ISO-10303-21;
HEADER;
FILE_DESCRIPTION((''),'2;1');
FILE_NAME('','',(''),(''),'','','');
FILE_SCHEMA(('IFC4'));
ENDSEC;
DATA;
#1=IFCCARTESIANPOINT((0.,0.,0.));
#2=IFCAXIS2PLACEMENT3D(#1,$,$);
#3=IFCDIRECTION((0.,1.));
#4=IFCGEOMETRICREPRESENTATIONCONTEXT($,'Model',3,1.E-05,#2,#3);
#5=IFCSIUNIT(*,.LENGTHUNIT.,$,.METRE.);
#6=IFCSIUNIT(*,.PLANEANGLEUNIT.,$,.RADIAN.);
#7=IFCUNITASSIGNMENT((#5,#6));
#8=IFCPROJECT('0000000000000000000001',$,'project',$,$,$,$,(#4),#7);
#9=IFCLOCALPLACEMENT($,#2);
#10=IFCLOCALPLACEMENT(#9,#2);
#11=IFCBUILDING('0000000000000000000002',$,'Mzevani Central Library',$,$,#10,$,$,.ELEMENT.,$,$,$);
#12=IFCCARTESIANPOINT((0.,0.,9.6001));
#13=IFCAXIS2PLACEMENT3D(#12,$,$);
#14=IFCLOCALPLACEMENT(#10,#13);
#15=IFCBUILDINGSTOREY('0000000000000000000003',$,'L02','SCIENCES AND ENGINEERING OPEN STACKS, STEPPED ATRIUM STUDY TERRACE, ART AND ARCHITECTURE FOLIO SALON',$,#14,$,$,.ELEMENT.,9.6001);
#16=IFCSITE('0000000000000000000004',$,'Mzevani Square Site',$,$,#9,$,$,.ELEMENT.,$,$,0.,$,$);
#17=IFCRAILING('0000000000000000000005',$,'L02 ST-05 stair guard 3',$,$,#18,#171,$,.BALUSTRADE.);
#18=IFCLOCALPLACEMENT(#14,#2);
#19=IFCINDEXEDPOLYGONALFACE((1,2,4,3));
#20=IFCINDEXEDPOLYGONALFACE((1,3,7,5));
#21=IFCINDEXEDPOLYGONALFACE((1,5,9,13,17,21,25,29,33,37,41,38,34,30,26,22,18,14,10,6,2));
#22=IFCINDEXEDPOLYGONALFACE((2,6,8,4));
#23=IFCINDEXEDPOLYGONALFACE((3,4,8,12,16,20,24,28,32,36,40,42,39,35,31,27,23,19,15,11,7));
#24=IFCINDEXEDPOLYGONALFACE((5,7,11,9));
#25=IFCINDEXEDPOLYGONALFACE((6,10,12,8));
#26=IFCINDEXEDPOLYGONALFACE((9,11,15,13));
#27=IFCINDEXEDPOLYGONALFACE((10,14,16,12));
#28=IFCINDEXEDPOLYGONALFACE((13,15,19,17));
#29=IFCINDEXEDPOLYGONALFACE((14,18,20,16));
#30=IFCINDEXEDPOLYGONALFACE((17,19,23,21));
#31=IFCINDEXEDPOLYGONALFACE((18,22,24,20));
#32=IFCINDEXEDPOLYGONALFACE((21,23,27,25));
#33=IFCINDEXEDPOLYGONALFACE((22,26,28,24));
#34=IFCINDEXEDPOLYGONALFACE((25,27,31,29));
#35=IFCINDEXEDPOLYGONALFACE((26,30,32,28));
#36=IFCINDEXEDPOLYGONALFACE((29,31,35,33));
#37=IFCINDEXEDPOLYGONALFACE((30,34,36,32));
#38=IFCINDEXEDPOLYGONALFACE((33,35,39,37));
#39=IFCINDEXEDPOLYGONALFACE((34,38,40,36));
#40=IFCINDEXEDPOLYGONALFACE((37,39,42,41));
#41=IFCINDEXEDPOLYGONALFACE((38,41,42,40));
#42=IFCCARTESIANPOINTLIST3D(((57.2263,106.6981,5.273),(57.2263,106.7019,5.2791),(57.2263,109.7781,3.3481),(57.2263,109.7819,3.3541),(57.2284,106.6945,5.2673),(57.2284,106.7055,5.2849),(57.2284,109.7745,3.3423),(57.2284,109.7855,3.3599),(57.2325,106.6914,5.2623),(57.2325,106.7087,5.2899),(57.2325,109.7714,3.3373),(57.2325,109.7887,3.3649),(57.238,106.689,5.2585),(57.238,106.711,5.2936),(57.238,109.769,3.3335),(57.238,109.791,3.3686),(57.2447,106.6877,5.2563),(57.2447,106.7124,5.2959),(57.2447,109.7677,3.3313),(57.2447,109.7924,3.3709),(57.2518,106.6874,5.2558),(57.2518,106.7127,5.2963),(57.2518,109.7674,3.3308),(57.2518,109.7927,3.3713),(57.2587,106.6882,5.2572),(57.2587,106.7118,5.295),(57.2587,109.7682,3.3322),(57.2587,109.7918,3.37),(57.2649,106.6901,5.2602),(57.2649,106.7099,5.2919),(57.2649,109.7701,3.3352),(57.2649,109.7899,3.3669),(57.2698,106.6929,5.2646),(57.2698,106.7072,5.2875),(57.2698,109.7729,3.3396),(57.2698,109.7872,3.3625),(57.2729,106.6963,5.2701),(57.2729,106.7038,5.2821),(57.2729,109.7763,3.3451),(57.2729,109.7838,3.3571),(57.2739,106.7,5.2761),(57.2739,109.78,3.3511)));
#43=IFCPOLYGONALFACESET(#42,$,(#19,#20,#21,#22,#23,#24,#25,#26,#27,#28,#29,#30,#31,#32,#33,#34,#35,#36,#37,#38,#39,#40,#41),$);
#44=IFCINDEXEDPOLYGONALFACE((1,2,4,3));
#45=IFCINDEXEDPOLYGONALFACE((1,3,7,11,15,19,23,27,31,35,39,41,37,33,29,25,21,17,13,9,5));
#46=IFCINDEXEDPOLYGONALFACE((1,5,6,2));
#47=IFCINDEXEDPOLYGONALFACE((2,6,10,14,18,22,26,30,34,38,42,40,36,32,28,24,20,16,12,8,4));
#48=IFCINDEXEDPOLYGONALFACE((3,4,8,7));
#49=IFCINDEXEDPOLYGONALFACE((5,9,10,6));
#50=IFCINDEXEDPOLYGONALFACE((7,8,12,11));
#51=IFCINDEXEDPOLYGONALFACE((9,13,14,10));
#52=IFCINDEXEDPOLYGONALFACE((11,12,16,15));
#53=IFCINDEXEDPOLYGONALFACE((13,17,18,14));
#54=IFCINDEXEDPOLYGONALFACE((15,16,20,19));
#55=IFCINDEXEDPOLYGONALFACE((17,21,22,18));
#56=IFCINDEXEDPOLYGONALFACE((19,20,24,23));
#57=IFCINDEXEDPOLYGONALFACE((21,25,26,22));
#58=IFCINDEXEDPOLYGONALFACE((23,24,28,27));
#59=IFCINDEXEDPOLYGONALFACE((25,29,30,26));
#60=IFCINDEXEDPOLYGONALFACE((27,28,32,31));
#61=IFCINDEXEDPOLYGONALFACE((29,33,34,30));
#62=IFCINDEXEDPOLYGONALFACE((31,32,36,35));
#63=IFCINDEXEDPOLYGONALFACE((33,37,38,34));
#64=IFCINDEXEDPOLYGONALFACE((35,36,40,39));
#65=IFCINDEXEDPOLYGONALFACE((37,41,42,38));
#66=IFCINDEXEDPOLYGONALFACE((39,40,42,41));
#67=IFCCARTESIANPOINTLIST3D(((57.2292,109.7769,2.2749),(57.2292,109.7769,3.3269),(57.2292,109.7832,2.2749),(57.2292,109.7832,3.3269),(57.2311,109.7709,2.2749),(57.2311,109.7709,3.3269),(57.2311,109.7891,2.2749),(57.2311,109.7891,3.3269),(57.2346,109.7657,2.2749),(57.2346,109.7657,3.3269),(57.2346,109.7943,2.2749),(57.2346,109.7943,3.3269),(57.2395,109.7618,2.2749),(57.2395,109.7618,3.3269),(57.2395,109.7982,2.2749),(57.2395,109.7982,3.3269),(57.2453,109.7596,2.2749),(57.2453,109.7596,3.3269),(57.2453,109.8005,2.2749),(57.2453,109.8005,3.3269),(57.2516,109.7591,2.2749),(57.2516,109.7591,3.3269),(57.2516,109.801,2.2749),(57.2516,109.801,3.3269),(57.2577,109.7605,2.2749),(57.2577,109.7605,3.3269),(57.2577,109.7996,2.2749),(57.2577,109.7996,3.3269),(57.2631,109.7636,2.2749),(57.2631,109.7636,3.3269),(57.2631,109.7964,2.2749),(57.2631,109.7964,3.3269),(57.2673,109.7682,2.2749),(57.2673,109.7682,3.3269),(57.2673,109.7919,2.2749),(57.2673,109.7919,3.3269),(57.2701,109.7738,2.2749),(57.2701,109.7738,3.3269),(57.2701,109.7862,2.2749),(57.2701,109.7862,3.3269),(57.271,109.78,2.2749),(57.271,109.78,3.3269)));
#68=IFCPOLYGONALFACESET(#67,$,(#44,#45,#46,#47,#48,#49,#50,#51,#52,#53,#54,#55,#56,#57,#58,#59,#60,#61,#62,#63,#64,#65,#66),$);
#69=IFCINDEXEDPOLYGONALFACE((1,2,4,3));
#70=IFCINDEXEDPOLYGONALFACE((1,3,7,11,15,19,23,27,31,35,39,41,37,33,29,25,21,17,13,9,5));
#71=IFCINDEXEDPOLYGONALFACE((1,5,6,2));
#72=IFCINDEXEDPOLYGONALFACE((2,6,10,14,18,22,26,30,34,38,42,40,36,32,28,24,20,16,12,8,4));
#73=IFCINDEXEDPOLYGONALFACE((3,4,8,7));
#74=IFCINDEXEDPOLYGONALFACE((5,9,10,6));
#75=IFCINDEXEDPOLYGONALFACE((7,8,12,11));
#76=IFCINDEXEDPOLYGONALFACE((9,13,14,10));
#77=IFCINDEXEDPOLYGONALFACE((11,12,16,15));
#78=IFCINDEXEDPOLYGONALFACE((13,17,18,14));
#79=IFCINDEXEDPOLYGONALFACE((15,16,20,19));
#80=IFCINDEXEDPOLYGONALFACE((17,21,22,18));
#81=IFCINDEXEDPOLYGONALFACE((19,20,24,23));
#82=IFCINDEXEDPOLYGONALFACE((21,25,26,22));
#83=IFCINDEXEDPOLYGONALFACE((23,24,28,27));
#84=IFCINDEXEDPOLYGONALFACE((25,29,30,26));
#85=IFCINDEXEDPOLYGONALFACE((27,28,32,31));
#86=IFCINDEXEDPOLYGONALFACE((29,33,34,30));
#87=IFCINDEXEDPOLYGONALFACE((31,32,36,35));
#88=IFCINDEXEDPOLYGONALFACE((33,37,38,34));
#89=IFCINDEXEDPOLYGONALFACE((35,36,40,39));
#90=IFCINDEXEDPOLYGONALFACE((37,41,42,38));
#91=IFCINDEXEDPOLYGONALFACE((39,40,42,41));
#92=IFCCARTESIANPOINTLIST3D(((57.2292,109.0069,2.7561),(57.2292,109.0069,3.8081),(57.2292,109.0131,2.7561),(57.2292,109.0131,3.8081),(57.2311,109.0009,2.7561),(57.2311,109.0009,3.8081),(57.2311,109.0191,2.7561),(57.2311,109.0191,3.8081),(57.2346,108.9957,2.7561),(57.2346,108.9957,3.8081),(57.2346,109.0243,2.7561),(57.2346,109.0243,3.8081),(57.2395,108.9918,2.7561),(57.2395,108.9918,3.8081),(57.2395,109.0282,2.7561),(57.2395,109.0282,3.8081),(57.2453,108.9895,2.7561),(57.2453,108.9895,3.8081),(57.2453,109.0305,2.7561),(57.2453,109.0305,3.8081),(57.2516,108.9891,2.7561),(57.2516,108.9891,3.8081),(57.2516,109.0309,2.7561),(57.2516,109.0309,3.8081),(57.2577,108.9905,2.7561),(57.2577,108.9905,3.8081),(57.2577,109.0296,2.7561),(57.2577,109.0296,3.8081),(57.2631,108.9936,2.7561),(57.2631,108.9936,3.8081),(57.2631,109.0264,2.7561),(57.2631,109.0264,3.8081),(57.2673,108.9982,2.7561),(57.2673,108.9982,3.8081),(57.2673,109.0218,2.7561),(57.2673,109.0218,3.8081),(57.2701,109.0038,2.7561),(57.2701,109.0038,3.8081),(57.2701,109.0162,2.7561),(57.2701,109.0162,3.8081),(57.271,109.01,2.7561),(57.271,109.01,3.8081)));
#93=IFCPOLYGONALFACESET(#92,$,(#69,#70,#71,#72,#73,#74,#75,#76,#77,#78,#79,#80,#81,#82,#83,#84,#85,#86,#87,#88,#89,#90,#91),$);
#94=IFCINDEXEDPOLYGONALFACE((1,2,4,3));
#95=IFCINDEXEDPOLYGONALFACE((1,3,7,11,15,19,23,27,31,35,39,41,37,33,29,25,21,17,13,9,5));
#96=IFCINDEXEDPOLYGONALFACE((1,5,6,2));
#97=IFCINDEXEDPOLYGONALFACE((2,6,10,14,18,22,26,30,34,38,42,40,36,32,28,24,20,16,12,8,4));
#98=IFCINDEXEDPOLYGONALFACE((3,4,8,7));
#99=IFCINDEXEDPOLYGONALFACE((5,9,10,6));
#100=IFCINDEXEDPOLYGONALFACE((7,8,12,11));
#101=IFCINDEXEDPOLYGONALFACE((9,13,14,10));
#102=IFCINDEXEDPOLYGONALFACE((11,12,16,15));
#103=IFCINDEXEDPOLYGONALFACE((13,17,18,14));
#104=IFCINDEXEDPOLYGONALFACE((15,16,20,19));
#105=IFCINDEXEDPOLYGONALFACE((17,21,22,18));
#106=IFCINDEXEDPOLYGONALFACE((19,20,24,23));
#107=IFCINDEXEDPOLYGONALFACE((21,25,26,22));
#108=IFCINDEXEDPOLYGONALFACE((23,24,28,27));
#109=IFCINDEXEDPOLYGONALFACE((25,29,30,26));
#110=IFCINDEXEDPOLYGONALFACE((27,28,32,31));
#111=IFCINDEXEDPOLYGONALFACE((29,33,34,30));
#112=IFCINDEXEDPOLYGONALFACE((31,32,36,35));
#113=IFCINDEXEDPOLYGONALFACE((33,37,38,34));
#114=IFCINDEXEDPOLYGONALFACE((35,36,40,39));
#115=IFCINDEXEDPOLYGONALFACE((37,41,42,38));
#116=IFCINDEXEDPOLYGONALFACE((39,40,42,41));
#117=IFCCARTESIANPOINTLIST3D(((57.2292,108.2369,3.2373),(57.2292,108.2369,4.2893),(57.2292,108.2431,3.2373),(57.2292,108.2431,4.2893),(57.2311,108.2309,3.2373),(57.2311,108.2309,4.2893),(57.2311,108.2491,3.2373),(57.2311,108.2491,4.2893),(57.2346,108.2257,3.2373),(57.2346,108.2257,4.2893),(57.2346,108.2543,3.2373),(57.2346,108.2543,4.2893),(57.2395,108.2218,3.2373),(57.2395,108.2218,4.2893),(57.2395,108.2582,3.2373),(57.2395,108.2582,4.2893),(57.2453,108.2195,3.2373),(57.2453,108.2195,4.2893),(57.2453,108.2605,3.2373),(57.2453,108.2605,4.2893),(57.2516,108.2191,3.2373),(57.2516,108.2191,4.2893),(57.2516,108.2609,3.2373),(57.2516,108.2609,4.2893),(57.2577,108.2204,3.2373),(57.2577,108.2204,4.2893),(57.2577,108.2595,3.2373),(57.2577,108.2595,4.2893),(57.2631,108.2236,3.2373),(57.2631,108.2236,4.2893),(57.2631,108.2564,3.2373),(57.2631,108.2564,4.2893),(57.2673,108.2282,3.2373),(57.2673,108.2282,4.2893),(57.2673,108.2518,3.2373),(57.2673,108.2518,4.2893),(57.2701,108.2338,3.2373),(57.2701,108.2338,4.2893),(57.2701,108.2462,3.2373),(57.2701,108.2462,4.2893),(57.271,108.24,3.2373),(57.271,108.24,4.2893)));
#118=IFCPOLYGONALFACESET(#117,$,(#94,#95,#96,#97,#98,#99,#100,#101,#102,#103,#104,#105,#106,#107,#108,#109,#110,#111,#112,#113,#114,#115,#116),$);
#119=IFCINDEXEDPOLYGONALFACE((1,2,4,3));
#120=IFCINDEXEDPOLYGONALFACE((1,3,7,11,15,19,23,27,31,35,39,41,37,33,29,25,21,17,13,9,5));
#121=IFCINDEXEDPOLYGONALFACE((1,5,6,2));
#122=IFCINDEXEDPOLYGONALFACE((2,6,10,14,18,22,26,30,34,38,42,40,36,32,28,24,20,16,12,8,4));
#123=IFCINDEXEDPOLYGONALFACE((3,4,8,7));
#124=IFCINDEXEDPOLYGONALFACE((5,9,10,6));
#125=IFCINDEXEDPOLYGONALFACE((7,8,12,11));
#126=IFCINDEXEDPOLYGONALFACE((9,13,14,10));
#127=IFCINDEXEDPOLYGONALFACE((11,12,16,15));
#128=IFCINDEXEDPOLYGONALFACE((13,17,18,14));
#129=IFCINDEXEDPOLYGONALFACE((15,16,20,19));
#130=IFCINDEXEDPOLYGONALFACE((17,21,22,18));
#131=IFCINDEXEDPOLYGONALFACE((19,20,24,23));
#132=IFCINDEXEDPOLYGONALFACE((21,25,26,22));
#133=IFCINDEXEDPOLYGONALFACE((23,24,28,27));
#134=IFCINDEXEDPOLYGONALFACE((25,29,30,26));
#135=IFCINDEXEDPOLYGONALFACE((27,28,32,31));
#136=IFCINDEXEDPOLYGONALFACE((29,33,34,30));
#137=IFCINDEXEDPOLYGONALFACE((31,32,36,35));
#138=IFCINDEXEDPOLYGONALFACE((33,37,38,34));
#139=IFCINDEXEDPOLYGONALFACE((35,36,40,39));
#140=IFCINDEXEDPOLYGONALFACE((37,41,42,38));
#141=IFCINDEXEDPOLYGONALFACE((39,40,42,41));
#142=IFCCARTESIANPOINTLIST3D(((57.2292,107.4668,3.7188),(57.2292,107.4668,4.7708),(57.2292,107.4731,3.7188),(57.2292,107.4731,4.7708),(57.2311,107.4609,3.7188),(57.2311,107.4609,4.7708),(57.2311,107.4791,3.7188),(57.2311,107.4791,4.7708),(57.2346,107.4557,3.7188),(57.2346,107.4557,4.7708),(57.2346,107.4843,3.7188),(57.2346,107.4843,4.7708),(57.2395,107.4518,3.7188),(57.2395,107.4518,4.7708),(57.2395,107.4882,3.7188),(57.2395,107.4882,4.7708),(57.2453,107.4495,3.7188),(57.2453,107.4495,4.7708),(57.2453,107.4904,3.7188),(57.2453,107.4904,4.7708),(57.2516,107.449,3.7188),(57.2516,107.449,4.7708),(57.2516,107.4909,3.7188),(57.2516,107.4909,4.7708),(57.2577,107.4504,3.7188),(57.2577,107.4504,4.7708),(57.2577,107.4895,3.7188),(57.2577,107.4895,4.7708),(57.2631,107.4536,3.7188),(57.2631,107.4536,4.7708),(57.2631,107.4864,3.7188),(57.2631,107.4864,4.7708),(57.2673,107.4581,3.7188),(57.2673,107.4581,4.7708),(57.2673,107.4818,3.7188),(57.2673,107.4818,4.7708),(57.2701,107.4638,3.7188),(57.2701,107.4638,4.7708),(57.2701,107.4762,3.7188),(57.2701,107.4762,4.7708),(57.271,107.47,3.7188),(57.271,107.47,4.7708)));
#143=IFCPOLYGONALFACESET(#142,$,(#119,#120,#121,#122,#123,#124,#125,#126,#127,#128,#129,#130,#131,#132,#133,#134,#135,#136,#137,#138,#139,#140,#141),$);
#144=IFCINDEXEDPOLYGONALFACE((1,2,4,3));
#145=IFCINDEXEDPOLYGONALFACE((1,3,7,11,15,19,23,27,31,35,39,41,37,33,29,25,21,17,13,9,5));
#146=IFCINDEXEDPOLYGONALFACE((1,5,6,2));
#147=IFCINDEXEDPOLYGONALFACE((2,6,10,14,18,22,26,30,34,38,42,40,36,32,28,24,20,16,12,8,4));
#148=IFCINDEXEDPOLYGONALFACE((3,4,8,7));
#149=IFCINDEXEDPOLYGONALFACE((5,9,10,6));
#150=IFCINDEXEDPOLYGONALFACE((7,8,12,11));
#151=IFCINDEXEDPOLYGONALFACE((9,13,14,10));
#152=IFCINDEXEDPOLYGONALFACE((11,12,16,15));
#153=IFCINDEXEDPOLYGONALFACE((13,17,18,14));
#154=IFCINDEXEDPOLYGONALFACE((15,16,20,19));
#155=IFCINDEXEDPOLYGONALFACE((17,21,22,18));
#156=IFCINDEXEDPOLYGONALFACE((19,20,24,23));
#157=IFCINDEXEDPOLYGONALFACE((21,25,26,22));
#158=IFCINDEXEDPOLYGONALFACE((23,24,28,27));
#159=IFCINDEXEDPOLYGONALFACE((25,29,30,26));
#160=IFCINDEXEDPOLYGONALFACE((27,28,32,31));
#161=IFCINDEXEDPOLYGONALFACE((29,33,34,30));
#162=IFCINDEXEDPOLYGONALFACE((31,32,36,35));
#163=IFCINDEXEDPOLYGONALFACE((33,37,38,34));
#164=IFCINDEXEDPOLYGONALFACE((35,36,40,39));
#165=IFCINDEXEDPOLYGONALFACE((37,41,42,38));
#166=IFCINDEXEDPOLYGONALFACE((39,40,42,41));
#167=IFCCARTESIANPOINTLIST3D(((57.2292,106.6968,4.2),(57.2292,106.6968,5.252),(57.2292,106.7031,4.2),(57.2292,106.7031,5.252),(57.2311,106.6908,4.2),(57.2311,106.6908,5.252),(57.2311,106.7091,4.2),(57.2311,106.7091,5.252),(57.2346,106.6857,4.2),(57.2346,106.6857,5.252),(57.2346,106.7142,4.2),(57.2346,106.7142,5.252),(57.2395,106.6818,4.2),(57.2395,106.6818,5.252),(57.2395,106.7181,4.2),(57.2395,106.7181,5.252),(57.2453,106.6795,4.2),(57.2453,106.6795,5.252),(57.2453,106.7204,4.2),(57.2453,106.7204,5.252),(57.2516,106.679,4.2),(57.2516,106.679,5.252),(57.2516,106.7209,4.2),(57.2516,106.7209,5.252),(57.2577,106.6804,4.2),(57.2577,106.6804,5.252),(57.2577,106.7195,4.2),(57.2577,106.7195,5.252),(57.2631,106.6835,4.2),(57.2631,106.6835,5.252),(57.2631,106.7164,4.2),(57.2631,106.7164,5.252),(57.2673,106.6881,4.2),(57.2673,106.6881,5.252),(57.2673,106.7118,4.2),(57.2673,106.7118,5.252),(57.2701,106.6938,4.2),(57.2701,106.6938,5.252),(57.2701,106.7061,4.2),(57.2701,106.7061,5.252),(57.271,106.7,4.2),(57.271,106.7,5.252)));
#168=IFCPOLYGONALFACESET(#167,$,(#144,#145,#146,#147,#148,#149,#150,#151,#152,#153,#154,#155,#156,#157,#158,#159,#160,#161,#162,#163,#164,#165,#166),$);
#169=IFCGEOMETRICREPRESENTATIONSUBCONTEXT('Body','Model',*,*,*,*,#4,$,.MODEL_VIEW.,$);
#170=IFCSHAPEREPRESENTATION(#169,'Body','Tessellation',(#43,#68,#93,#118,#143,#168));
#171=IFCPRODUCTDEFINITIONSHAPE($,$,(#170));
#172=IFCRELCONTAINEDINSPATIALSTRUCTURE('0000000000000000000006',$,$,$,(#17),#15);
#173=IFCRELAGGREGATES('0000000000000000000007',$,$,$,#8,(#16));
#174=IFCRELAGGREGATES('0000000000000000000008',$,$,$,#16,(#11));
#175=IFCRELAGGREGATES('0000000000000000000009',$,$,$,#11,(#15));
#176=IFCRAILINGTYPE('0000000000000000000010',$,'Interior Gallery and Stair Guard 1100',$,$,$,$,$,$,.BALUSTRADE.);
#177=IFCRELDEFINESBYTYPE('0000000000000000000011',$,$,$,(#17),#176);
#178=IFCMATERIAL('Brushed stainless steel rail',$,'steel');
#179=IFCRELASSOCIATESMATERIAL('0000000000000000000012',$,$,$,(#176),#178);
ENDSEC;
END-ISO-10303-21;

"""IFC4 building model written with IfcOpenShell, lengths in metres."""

from ifc_helpers import new_model, si_unit, direction, frame, origin, origin_2d, place, context, subcontext, project, spatial, circle, extrude, material, type_object, element, save


model = new_model("IFC4")

# Units and contexts
model_context = context("Model", 3, precision=1e-05, world=origin(), true_north=direction((0.0, 1.0)))
body_context = subcontext(model_context, "Body", "Model", "MODEL_VIEW")
ifc_project = project(units=[si_unit("LENGTHUNIT", "METRE"), si_unit("PLANEANGLEUNIT", "RADIAN")], contexts=[model_context])

# Site, building, storey
site_placement = place(None, origin())
site = spatial("IfcSite", under=ifc_project, at=site_placement, Name="Mzevani Square Site", CompositionType="ELEMENT", RefElevation=0.0)
building_placement = place(site_placement, origin())
building = spatial("IfcBuilding", under=site, at=building_placement, Name="Mzevani Central Library", CompositionType="ELEMENT")
storey_placement = place(building_placement, frame((0.0, 0.0, 9.6001)))
storey = spatial("IfcBuildingStorey", under=building, at=storey_placement, Name="L02", Description="SCIENCES AND ENGINEERING OPEN STACKS, STEPPED ATRIUM STUDY TERRACE, ART AND ARCHITECTURE FOLIO SALON", CompositionType="ELEMENT", Elevation=9.6001)

# Railing
ifc_material_1 = material(Name="Brushed stainless steel rail", Category="steel")
railing_type_1 = type_object("IfcRailingType", Name="Interior Gallery and Stair Guard 1100", PredefinedType="BALUSTRADE", material=ifc_material_1)
railing_1_placement = place(storey_placement, frame((57.25, 109.78, 2.2749)))
element("IfcRailing", 1, at=railing_1_placement, inside=storey, type_object=railing_type_1, Name="L02 ST-05 stair guard 3", PredefinedType="BALUSTRADE", context=body_context, shape_type="SweptSolid", body=[
    extrude(circle(Radius=0.0239, at=origin_2d()), frame((0.0, 0.0, 1.0762), z_axis=(0.0, -0.847998, 0.529999), x_axis=(1.0, 0.0, 0.0)), (0.0, 0.0, 1.0), 3.6321),
    extrude(circle(Radius=0.021, at=origin_2d()), origin(), (0.0, 0.0, 1.0), 1.052),
    extrude(circle(Radius=0.021, at=origin_2d()), frame((0.0, -0.77, 0.4812)), (0.0, 0.0, 1.0), 1.052),
    extrude(circle(Radius=0.021, at=origin_2d()), frame((0.0, -1.54, 0.9624)), (0.0, 0.0, 1.0), 1.052),
    extrude(circle(Radius=0.021, at=origin_2d()), frame((0.0, -2.3101, 1.4438)), (0.0, 0.0, 1.0), 1.052),
    extrude(circle(Radius=0.021, at=origin_2d()), frame((0.0, -3.0801, 1.925)), (0.0, 0.0, 1.0), 1.052),
])

save(model, "model.ifc")
